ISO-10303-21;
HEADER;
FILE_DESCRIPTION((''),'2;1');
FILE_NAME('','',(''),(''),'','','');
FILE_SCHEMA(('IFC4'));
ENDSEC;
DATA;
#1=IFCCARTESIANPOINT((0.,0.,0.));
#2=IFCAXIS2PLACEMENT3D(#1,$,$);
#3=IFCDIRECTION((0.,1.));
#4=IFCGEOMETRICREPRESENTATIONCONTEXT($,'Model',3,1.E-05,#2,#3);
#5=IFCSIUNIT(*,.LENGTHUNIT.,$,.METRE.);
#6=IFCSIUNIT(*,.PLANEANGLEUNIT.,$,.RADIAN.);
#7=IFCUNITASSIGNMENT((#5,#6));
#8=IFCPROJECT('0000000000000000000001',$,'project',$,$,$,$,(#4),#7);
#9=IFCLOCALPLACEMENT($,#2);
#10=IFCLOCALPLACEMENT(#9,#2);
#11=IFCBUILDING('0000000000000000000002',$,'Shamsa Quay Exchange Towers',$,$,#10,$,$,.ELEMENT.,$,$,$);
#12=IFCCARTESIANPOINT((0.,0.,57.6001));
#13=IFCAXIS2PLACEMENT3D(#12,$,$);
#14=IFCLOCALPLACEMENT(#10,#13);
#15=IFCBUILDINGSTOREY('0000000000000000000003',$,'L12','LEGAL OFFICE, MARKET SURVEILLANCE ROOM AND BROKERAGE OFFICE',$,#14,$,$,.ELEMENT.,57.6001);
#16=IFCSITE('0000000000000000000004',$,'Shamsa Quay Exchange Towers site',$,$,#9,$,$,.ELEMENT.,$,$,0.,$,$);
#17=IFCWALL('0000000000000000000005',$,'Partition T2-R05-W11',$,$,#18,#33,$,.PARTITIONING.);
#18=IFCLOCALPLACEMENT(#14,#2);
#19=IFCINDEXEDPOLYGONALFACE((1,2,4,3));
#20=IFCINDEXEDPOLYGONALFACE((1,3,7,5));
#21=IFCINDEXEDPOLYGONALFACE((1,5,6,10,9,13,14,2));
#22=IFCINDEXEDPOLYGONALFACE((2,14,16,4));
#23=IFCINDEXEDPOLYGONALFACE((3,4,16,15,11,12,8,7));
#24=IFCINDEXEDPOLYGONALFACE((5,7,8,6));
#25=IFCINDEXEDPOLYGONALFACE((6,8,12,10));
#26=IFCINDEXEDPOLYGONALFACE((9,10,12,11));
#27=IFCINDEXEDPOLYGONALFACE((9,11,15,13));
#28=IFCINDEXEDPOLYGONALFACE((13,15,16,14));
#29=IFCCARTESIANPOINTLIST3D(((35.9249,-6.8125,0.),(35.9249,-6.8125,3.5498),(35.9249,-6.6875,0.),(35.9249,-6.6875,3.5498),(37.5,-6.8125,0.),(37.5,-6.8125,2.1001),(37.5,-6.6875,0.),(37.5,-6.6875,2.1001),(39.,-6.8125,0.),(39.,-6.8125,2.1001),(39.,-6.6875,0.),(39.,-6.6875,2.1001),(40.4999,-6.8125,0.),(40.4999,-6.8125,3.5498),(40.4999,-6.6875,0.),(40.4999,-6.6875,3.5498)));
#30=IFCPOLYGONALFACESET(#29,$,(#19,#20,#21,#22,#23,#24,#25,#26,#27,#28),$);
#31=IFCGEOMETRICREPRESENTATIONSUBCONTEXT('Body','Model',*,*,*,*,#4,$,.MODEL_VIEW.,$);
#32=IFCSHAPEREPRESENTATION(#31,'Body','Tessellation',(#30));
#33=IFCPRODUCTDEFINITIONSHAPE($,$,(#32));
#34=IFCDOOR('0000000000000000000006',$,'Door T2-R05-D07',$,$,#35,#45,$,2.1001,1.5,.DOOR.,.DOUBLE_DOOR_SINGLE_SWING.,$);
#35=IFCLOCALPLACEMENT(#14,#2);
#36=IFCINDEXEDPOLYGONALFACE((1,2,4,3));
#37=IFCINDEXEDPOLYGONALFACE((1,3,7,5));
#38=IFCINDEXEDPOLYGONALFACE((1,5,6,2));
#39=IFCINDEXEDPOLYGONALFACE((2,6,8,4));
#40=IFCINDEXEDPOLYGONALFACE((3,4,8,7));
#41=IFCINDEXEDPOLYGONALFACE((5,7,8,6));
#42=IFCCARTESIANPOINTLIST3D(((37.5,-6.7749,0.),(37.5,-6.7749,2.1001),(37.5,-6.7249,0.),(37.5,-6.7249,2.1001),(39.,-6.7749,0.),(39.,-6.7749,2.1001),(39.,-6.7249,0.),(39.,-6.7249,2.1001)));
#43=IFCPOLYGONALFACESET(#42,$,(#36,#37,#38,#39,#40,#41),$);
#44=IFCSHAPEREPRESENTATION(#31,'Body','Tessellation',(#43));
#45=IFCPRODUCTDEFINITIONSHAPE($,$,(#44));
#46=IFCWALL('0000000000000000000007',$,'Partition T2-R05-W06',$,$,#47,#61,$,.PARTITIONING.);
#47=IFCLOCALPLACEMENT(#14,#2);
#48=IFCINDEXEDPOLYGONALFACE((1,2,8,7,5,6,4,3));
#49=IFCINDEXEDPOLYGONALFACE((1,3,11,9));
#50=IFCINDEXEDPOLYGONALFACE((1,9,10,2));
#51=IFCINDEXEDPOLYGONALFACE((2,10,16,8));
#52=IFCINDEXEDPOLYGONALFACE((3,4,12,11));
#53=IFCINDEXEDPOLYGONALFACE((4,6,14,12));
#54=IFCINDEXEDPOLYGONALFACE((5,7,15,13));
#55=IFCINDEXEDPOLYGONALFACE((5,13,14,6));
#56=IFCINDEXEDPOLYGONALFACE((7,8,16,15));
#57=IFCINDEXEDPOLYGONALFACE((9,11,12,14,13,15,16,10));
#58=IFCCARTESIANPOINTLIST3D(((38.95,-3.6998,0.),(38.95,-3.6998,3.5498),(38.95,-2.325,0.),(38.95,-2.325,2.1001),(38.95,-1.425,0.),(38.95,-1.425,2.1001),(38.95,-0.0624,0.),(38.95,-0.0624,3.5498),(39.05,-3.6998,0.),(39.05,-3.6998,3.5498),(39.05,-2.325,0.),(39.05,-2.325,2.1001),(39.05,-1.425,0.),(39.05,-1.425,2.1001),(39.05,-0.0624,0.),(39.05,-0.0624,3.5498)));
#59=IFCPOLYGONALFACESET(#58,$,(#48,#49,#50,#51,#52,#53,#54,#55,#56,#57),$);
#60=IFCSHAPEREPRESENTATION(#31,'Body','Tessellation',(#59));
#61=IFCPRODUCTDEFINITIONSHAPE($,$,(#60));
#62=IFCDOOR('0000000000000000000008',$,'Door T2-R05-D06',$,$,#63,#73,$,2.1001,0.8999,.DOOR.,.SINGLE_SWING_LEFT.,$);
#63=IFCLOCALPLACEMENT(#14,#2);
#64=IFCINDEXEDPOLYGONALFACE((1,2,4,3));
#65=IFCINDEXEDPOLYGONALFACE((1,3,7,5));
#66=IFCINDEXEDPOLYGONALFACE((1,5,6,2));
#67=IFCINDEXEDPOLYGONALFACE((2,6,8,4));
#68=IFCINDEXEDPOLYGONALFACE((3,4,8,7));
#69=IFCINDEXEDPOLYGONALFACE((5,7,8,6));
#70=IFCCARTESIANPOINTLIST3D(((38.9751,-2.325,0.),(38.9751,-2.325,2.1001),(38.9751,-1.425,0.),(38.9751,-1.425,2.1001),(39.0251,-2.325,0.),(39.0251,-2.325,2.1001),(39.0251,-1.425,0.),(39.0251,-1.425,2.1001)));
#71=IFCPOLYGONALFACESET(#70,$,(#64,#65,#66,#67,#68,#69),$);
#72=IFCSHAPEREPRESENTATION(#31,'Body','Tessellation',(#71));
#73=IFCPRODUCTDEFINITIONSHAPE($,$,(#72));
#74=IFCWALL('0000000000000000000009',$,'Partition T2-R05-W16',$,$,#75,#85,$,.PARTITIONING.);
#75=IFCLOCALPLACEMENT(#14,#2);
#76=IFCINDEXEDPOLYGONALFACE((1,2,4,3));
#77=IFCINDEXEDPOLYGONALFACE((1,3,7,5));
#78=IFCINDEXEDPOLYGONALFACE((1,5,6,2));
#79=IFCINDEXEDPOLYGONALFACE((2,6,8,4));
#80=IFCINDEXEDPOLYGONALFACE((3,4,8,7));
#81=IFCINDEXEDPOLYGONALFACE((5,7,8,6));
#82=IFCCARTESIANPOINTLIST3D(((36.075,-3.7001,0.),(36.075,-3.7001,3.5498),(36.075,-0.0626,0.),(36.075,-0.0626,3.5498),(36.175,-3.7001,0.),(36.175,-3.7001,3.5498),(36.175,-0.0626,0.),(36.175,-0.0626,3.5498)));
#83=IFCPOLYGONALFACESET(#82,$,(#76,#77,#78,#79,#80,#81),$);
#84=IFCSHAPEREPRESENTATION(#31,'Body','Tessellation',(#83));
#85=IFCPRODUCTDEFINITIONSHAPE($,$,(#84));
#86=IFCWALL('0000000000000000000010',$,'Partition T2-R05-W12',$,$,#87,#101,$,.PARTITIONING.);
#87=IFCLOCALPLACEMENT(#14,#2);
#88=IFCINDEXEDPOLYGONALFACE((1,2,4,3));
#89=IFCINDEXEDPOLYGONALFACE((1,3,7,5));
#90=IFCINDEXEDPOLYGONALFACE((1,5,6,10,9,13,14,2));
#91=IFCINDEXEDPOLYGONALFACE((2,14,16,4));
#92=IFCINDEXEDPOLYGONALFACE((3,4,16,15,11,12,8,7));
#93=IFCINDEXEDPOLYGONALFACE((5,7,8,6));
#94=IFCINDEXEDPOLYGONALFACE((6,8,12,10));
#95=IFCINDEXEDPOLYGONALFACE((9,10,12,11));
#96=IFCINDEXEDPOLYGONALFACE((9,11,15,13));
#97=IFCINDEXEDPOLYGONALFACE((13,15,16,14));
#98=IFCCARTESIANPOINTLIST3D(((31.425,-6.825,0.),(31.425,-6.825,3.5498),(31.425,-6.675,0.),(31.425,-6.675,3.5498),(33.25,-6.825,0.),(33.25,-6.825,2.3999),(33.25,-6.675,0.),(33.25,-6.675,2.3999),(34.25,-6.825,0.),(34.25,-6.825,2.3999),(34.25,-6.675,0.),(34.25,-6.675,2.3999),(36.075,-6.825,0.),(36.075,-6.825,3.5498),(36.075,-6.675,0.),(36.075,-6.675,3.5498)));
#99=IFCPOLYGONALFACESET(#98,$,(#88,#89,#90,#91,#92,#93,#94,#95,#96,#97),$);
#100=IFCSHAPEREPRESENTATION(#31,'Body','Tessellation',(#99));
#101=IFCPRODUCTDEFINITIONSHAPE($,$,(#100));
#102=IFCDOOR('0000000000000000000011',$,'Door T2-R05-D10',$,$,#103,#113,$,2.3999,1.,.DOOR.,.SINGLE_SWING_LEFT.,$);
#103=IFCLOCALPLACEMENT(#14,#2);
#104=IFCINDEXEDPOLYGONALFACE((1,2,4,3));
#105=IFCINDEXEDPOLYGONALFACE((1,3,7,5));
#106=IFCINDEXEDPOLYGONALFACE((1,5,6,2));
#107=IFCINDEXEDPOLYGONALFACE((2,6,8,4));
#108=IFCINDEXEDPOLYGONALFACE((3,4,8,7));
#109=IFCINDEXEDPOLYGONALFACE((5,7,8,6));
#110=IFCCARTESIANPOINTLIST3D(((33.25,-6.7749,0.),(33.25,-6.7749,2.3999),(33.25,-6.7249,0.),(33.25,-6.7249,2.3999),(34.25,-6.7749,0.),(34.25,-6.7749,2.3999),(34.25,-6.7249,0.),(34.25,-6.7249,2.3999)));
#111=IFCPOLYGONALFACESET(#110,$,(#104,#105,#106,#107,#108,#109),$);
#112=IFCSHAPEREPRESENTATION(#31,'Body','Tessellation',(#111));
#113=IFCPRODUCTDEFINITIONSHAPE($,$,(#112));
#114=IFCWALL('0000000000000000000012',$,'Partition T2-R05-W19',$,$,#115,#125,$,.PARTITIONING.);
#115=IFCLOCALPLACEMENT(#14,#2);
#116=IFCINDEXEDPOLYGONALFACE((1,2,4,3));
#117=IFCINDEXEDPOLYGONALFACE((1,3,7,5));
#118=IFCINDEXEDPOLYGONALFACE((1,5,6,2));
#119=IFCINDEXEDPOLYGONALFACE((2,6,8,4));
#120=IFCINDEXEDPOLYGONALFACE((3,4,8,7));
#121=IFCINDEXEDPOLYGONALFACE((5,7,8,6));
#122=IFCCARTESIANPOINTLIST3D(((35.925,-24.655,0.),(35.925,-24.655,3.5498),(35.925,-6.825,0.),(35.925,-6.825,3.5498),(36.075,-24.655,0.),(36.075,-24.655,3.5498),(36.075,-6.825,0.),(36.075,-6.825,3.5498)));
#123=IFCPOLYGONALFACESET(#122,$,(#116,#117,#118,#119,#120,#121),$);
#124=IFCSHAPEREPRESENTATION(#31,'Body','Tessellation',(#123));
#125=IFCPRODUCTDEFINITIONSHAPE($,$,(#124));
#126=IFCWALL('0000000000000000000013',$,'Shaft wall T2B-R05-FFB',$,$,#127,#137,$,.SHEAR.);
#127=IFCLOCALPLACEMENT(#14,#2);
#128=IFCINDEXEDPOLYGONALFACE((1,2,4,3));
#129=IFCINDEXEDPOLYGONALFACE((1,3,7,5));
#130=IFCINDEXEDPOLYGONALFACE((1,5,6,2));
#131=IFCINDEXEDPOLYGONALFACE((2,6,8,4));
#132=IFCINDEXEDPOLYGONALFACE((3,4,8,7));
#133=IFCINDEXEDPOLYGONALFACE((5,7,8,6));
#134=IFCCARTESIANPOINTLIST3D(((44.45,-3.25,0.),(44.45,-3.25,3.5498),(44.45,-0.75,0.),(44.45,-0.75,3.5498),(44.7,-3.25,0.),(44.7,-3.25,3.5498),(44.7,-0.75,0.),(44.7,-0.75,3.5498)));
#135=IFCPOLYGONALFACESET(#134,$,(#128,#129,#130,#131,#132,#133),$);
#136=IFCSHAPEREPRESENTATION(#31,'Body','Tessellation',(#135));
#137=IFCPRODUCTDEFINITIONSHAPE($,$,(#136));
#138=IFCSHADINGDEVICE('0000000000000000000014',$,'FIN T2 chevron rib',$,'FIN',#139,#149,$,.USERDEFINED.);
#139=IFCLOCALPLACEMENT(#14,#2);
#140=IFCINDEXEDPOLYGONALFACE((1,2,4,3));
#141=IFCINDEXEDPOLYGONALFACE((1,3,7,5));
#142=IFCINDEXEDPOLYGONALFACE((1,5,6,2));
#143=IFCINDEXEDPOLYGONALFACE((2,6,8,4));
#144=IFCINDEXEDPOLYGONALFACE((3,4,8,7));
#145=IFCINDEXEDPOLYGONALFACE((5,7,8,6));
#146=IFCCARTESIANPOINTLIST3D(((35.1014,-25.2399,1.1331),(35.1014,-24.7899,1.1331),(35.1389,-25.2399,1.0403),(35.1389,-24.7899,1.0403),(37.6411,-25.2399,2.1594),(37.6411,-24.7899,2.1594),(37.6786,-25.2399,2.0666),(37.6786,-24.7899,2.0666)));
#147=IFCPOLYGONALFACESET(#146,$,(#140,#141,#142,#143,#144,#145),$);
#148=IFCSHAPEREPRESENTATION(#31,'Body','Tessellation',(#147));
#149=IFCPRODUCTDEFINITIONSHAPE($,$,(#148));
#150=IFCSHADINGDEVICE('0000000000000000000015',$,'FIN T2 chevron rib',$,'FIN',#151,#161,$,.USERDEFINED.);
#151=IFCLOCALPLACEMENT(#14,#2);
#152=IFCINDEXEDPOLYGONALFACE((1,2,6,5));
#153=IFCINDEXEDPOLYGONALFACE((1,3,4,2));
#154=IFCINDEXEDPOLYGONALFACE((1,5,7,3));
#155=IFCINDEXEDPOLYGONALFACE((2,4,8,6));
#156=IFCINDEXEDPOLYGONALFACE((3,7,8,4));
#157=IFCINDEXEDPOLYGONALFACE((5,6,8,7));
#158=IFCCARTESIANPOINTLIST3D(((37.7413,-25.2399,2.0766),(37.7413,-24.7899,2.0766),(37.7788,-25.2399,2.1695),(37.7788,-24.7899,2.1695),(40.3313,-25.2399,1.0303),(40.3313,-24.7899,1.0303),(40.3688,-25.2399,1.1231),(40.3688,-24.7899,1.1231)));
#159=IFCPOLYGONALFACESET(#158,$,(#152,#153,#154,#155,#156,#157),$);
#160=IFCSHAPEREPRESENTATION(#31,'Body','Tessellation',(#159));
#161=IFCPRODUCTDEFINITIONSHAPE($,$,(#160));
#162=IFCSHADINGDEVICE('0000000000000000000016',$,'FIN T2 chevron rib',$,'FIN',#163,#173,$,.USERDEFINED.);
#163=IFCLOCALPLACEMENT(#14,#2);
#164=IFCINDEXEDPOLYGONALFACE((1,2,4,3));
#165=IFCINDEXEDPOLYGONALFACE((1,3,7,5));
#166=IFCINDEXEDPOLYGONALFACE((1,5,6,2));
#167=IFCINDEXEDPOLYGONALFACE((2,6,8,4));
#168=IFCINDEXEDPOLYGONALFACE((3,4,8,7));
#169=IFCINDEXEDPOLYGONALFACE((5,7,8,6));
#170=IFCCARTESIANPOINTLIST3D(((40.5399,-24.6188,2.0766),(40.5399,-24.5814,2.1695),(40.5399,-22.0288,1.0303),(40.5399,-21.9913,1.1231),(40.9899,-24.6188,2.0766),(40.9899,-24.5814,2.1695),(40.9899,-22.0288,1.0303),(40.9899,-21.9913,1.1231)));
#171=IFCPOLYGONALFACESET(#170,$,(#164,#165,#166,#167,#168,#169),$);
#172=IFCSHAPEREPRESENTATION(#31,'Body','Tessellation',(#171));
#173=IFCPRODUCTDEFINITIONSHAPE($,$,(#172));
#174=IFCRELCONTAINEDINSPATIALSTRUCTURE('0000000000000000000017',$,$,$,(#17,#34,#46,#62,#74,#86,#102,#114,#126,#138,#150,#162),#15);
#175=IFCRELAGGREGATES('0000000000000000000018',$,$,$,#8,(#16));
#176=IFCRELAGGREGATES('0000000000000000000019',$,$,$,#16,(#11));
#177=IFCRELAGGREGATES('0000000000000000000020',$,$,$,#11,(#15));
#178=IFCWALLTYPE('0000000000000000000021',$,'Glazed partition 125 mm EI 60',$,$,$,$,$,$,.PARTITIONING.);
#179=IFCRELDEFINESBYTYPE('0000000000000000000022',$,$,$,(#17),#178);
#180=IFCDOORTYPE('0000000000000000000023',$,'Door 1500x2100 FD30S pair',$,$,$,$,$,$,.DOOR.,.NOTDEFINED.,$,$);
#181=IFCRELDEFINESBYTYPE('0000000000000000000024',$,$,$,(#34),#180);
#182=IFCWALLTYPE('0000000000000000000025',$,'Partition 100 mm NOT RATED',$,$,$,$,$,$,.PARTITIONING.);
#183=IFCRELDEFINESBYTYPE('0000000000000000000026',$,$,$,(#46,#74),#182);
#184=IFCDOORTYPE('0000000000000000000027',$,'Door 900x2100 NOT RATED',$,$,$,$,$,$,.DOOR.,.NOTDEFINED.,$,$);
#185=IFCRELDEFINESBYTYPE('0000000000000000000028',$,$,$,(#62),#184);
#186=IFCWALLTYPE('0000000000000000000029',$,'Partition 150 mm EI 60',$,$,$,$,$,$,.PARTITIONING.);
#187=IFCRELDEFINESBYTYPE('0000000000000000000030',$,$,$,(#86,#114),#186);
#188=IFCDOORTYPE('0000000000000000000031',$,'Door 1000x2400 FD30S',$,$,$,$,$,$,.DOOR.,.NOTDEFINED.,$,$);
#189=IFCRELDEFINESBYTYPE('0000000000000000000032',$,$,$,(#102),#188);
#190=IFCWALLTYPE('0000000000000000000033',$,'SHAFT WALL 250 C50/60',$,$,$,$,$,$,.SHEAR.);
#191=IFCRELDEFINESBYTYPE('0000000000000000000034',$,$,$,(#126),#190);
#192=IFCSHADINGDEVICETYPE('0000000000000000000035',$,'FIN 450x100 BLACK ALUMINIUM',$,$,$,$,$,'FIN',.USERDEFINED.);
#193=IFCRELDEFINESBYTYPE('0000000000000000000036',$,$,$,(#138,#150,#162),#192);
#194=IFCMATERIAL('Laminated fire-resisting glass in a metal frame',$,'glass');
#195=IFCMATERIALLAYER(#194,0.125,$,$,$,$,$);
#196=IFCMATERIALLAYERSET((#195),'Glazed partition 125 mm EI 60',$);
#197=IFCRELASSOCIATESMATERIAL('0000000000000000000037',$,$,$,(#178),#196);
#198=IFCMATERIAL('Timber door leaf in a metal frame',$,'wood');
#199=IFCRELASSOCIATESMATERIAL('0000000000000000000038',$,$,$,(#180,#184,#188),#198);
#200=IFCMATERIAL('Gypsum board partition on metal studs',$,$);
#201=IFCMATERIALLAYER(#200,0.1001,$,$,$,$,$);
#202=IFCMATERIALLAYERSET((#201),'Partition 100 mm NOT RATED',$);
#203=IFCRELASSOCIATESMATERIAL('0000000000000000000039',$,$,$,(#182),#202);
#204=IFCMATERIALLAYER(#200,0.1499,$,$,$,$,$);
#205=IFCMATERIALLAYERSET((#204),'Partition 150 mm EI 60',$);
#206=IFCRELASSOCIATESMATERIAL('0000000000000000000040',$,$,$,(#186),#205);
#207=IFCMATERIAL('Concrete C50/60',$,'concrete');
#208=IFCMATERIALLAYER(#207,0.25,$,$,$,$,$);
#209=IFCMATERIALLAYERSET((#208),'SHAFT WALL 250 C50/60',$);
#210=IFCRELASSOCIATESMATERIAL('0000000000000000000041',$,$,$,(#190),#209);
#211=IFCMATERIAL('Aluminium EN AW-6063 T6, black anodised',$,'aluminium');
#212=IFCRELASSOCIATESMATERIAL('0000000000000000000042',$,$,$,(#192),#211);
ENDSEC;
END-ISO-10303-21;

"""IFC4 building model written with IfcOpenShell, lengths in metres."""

from ifc_helpers import new_model, si_unit, direction, frame, frame_2d, origin, origin_2d, place, context, subcontext, project, spatial, rectangle, extrude, material, layer, layer_set, material_profile, profile_set, type_object, element, fill, save


model = new_model("IFC4")

# Units and contexts
model_context = context("Model", 3, precision=1e-05, world=origin(), true_north=direction((0.0, 1.0)))
body_context = subcontext(model_context, "Body", "Model", "MODEL_VIEW")
ifc_project = project(units=[si_unit("LENGTHUNIT", "METRE"), si_unit("PLANEANGLEUNIT", "RADIAN")], contexts=[model_context])

# Site, building, storey
site_placement = place(None, origin())
site = spatial("IfcSite", under=ifc_project, at=site_placement, Name="Shamsa Quay Exchange Towers site", CompositionType="ELEMENT", RefElevation=0.0)
building_placement = place(site_placement, origin())
building = spatial("IfcBuilding", under=site, at=building_placement, Name="Shamsa Quay Exchange Towers", CompositionType="ELEMENT")
storey_placement = place(building_placement, frame((0.0, 0.0, 57.6001)))
storey = spatial("IfcBuildingStorey", under=building, at=storey_placement, Name="L12", Description="LEGAL OFFICE, MARKET SURVEILLANCE ROOM AND BROKERAGE OFFICE", CompositionType="ELEMENT", Elevation=57.6001)

# Shared definitions
ifc_material_1 = material(Name="Aluminium EN AW-6063 T6, black anodised", Category="aluminium")

# Walls, openings, doors
ifc_material_2 = material(Name="Laminated fire-resisting glass in a metal frame", Category="glass")
ifc_layer_1 = layer(ifc_material_2, 0.125)
ifc_layer_set_1 = layer_set([ifc_layer_1], Name="Glazed partition 125 mm EI 60")
wall_type_1 = type_object("IfcWallType", Name="Glazed partition 125 mm EI 60", PredefinedType="PARTITIONING", material=ifc_layer_set_1)
wall_1_placement = place(storey_placement, frame((40.5, -6.75, 0.0), z_axis=(0.0, 0.0, 1.0), x_axis=(-1.0, 0.0, 0.0)))
wall_1 = element("IfcWall", 1, at=wall_1_placement, inside=storey, type_object=wall_type_1, Name="Partition T2-R05-W11", PredefinedType="PARTITIONING", context=body_context, shape_type="SweptSolid", body=[
    extrude(rectangle(XDim=4.575, YDim=0.125, at=frame_2d((2.2876, 0.0))), origin(), (0.0, 0.0, 1.0), 3.5498),
])
opening_1_placement = place(wall_1_placement, frame((1.5, 0.0, 0.0)))
opening_1 = element("IfcOpeningElement", 2, at=opening_1_placement, cuts=wall_1, PredefinedType="OPENING", context=body_context, shape_type="SweptSolid", body=[
    extrude(rectangle(XDim=1.5, YDim=2.1001, at=frame_2d((0.75, 1.05))), frame((0.0, 0.0725, 0.0), z_axis=(0.0, -1.0, 0.0), x_axis=(1.0, 0.0, 0.0)), (0.0, 0.0, 1.0), 0.145),
])
ifc_material_3 = material(Name="Timber door leaf in a metal frame", Category="wood")
door_type_1 = type_object("IfcDoorType", Name="Door 1500x2100 FD30S pair", OperationType="NOTDEFINED", PredefinedType="DOOR", material=ifc_material_3)
door_1_placement = place(opening_1_placement, origin())
door_1 = element("IfcDoor", 3, at=door_1_placement, inside=storey, type_object=door_type_1, Name="Door T2-R05-D07", OperationType="DOUBLE_DOOR_SINGLE_SWING", OverallHeight=2.1001, OverallWidth=1.5, PredefinedType="DOOR", context=body_context, shape_type="SweptSolid", body=[
    extrude(rectangle(XDim=1.5, YDim=2.1001, at=frame_2d((0.75, 1.05))), frame((0.0, 0.0249, 0.0), z_axis=(0.0, -1.0, 0.0), x_axis=(1.0, 0.0, 0.0)), (0.0, 0.0, 1.0), 0.05),
])
fill(opening_1, door_1)
ifc_material_4 = material(Name="Gypsum board partition on metal studs")
ifc_layer_2 = layer(ifc_material_4, 0.1001)
ifc_layer_set_2 = layer_set([ifc_layer_2], Name="Partition 100 mm NOT RATED")
wall_type_2 = type_object("IfcWallType", Name="Partition 100 mm NOT RATED", PredefinedType="PARTITIONING", material=ifc_layer_set_2)
wall_2_placement = place(storey_placement, frame((39.0, -3.7, 0.0), z_axis=(0.0, 0.0, 1.0), x_axis=(0.0, 1.0, 0.0)))
wall_2 = element("IfcWall", 4, at=wall_2_placement, inside=storey, type_object=wall_type_2, Name="Partition T2-R05-W06", PredefinedType="PARTITIONING", context=body_context, shape_type="SweptSolid", body=[
    extrude(rectangle(XDim=3.6375, YDim=0.1001, at=frame_2d((1.8188, 0.0))), origin(), (0.0, 0.0, 1.0), 3.5498),
])
opening_2_placement = place(wall_2_placement, frame((1.375, 0.0, 0.0)))
opening_2 = element("IfcOpeningElement", 5, at=opening_2_placement, cuts=wall_2, PredefinedType="OPENING", context=body_context, shape_type="SweptSolid", body=[
    extrude(rectangle(XDim=0.8999, YDim=2.1001, at=frame_2d((0.45, 1.05))), frame((0.0, 0.0601, 0.0), z_axis=(0.0, -1.0, 0.0), x_axis=(1.0, 0.0, 0.0)), (0.0, 0.0, 1.0), 0.1201),
])
door_type_2 = type_object("IfcDoorType", Name="Door 900x2100 NOT RATED", OperationType="NOTDEFINED", PredefinedType="DOOR", material=ifc_material_3)
door_2_placement = place(opening_2_placement, origin())
door_2 = element("IfcDoor", 6, at=door_2_placement, inside=storey, type_object=door_type_2, Name="Door T2-R05-D06", OperationType="SINGLE_SWING_LEFT", OverallHeight=2.1001, OverallWidth=0.8999, PredefinedType="DOOR", context=body_context, shape_type="SweptSolid", body=[
    extrude(rectangle(XDim=0.8999, YDim=2.1001, at=frame_2d((0.45, 1.05))), frame((0.0, 0.0249, 0.0), z_axis=(0.0, -1.0, 0.0), x_axis=(1.0, 0.0, 0.0)), (0.0, 0.0, 1.0), 0.05),
])
fill(opening_2, door_2)

# Wall
wall_3_placement = place(storey_placement, frame((36.125, -0.0625, 0.0), z_axis=(0.0, 0.0, 1.0), x_axis=(0.0, -1.0, 0.0)))
element("IfcWall", 7, at=wall_3_placement, inside=storey, type_object=wall_type_2, Name="Partition T2-R05-W16", PredefinedType="PARTITIONING", context=body_context, shape_type="SweptSolid", body=[
    extrude(rectangle(XDim=3.6375, YDim=0.1001, at=frame_2d((1.8188, 0.0))), origin(), (0.0, 0.0, 1.0), 3.5498),
])

# Wall, opening, door
ifc_layer_3 = layer(ifc_material_4, 0.1499)
ifc_layer_set_3 = layer_set([ifc_layer_3], Name="Partition 150 mm EI 60")
wall_type_3 = type_object("IfcWallType", Name="Partition 150 mm EI 60", PredefinedType="PARTITIONING", material=ifc_layer_set_3)
wall_4_placement = place(storey_placement, frame((36.075, -6.75, 0.0), z_axis=(0.0, 0.0, 1.0), x_axis=(-1.0, 0.0, 0.0)))
wall_4 = element("IfcWall", 8, at=wall_4_placement, inside=storey, type_object=wall_type_3, Name="Partition T2-R05-W12", PredefinedType="PARTITIONING", context=body_context, shape_type="SweptSolid", body=[
    extrude(rectangle(XDim=4.6499, YDim=0.1499, at=frame_2d((2.325, 0.0))), origin(), (0.0, 0.0, 1.0), 3.5498),
])
opening_3_placement = place(wall_4_placement, frame((1.825, 0.0, 0.0)))
opening_3 = element("IfcOpeningElement", 9, at=opening_3_placement, cuts=wall_4, PredefinedType="OPENING", context=body_context, shape_type="SweptSolid", body=[
    extrude(rectangle(XDim=1.0, YDim=2.3999, at=frame_2d((0.5, 1.2))), frame((0.0, 0.085, 0.0), z_axis=(0.0, -1.0, 0.0), x_axis=(1.0, 0.0, 0.0)), (0.0, 0.0, 1.0), 0.1699),
])
door_type_3 = type_object("IfcDoorType", Name="Door 1000x2400 FD30S", OperationType="NOTDEFINED", PredefinedType="DOOR", material=ifc_material_3)
door_3_placement = place(opening_3_placement, origin())
door_3 = element("IfcDoor", 10, at=door_3_placement, inside=storey, type_object=door_type_3, Name="Door T2-R05-D10", OperationType="SINGLE_SWING_LEFT", OverallHeight=2.3999, OverallWidth=1.0, PredefinedType="DOOR", context=body_context, shape_type="SweptSolid", body=[
    extrude(rectangle(XDim=1.0, YDim=2.3999, at=frame_2d((0.5, 1.2))), frame((0.0, 0.0249, 0.0), z_axis=(0.0, -1.0, 0.0), x_axis=(1.0, 0.0, 0.0)), (0.0, 0.0, 1.0), 0.05),
])
fill(opening_3, door_3)

# Walls
wall_5_placement = place(storey_placement, frame((36.0, -6.825, 0.0), z_axis=(0.0, 0.0, 1.0), x_axis=(0.0, -1.0, 0.0)))
element("IfcWall", 11, at=wall_5_placement, inside=storey, type_object=wall_type_3, Name="Partition T2-R05-W19", PredefinedType="PARTITIONING", context=body_context, shape_type="SweptSolid", body=[
    extrude(rectangle(XDim=17.8301, YDim=0.1499, at=frame_2d((8.915, 0.0))), origin(), (0.0, 0.0, 1.0), 3.5498),
])
ifc_material_5 = material(Name="Concrete C50/60", Category="concrete")
ifc_layer_4 = layer(ifc_material_5, 0.25)
ifc_layer_set_4 = layer_set([ifc_layer_4], Name="SHAFT WALL 250 C50/60")
wall_type_4 = type_object("IfcWallType", Name="SHAFT WALL 250 C50/60", PredefinedType="SHEAR", material=ifc_layer_set_4)
wall_6_placement = place(storey_placement, frame((44.575, -3.25, 0.0), z_axis=(0.0, 0.0, 1.0), x_axis=(0.0, 1.0, 0.0)))
element("IfcWall", 12, at=wall_6_placement, inside=storey, type_object=wall_type_4, Name="Shaft wall T2B-R05-FFB", PredefinedType="SHEAR", context=body_context, shape_type="SweptSolid", body=[
    extrude(rectangle(XDim=2.5, YDim=0.25, at=frame_2d((1.25, 0.0))), origin(), (0.0, 0.0, 1.0), 3.5498),
])

# Shading devices
ifc_material_profile_1 = material_profile(ifc_material_1, rectangle(XDim=0.45, YDim=0.1001, at=origin_2d()), Name="FIN450x100")
ifc_profile_set_1 = profile_set([ifc_material_profile_1], Name="Aluminium EN AW-6063 T6, black anodised")
shading_device_type = type_object("IfcShadingDeviceType", Name="FIN 450x100 BLACK ALUMINIUM", ElementType="FIN", PredefinedType="USERDEFINED", material=ifc_profile_set_1)
shading_device_1_placement = place(storey_placement, frame((35.1201, -25.0149, 1.0867), z_axis=(0.927156, 0.0, 0.374677), x_axis=(0.0, 1.0, 0.0)))
element("IfcShadingDevice", 13, at=shading_device_1_placement, inside=storey, type_object=shading_device_type, Name="FIN T2 chevron rib", ObjectType="FIN", PredefinedType="USERDEFINED", context=body_context, shape_type="SweptSolid", body=[
    extrude(rectangle(XDim=0.45, YDim=0.1001, at=origin_2d()), origin(), (0.0, 0.0, 1.0), 2.7393),
])
for number, where, z_axis, x_axis, name in (
    (14, (37.76, -25.0149, 2.123), (0.927193, 0.0, -0.374583), (0.0, 1.0, 0.0), "FIN T2 chevron rib"),
    (15, (40.7649, -24.6001, 2.123), (0.0, 0.927193, -0.374583), (-1.0, 0.0, 0.0), "FIN T2 chevron rib"),
):
    element("IfcShadingDevice", number, at=place(storey_placement, frame(where, z_axis=z_axis, x_axis=x_axis)), inside=storey, type_object=shading_device_type, Name=name, ObjectType="FIN", PredefinedType="USERDEFINED", context=body_context, shape_type="SweptSolid", body=[
        extrude(rectangle(XDim=0.45, YDim=0.1001, at=origin_2d()), origin(), (0.0, 0.0, 1.0), 2.7935),
    ])

save(model, "model.ifc")
